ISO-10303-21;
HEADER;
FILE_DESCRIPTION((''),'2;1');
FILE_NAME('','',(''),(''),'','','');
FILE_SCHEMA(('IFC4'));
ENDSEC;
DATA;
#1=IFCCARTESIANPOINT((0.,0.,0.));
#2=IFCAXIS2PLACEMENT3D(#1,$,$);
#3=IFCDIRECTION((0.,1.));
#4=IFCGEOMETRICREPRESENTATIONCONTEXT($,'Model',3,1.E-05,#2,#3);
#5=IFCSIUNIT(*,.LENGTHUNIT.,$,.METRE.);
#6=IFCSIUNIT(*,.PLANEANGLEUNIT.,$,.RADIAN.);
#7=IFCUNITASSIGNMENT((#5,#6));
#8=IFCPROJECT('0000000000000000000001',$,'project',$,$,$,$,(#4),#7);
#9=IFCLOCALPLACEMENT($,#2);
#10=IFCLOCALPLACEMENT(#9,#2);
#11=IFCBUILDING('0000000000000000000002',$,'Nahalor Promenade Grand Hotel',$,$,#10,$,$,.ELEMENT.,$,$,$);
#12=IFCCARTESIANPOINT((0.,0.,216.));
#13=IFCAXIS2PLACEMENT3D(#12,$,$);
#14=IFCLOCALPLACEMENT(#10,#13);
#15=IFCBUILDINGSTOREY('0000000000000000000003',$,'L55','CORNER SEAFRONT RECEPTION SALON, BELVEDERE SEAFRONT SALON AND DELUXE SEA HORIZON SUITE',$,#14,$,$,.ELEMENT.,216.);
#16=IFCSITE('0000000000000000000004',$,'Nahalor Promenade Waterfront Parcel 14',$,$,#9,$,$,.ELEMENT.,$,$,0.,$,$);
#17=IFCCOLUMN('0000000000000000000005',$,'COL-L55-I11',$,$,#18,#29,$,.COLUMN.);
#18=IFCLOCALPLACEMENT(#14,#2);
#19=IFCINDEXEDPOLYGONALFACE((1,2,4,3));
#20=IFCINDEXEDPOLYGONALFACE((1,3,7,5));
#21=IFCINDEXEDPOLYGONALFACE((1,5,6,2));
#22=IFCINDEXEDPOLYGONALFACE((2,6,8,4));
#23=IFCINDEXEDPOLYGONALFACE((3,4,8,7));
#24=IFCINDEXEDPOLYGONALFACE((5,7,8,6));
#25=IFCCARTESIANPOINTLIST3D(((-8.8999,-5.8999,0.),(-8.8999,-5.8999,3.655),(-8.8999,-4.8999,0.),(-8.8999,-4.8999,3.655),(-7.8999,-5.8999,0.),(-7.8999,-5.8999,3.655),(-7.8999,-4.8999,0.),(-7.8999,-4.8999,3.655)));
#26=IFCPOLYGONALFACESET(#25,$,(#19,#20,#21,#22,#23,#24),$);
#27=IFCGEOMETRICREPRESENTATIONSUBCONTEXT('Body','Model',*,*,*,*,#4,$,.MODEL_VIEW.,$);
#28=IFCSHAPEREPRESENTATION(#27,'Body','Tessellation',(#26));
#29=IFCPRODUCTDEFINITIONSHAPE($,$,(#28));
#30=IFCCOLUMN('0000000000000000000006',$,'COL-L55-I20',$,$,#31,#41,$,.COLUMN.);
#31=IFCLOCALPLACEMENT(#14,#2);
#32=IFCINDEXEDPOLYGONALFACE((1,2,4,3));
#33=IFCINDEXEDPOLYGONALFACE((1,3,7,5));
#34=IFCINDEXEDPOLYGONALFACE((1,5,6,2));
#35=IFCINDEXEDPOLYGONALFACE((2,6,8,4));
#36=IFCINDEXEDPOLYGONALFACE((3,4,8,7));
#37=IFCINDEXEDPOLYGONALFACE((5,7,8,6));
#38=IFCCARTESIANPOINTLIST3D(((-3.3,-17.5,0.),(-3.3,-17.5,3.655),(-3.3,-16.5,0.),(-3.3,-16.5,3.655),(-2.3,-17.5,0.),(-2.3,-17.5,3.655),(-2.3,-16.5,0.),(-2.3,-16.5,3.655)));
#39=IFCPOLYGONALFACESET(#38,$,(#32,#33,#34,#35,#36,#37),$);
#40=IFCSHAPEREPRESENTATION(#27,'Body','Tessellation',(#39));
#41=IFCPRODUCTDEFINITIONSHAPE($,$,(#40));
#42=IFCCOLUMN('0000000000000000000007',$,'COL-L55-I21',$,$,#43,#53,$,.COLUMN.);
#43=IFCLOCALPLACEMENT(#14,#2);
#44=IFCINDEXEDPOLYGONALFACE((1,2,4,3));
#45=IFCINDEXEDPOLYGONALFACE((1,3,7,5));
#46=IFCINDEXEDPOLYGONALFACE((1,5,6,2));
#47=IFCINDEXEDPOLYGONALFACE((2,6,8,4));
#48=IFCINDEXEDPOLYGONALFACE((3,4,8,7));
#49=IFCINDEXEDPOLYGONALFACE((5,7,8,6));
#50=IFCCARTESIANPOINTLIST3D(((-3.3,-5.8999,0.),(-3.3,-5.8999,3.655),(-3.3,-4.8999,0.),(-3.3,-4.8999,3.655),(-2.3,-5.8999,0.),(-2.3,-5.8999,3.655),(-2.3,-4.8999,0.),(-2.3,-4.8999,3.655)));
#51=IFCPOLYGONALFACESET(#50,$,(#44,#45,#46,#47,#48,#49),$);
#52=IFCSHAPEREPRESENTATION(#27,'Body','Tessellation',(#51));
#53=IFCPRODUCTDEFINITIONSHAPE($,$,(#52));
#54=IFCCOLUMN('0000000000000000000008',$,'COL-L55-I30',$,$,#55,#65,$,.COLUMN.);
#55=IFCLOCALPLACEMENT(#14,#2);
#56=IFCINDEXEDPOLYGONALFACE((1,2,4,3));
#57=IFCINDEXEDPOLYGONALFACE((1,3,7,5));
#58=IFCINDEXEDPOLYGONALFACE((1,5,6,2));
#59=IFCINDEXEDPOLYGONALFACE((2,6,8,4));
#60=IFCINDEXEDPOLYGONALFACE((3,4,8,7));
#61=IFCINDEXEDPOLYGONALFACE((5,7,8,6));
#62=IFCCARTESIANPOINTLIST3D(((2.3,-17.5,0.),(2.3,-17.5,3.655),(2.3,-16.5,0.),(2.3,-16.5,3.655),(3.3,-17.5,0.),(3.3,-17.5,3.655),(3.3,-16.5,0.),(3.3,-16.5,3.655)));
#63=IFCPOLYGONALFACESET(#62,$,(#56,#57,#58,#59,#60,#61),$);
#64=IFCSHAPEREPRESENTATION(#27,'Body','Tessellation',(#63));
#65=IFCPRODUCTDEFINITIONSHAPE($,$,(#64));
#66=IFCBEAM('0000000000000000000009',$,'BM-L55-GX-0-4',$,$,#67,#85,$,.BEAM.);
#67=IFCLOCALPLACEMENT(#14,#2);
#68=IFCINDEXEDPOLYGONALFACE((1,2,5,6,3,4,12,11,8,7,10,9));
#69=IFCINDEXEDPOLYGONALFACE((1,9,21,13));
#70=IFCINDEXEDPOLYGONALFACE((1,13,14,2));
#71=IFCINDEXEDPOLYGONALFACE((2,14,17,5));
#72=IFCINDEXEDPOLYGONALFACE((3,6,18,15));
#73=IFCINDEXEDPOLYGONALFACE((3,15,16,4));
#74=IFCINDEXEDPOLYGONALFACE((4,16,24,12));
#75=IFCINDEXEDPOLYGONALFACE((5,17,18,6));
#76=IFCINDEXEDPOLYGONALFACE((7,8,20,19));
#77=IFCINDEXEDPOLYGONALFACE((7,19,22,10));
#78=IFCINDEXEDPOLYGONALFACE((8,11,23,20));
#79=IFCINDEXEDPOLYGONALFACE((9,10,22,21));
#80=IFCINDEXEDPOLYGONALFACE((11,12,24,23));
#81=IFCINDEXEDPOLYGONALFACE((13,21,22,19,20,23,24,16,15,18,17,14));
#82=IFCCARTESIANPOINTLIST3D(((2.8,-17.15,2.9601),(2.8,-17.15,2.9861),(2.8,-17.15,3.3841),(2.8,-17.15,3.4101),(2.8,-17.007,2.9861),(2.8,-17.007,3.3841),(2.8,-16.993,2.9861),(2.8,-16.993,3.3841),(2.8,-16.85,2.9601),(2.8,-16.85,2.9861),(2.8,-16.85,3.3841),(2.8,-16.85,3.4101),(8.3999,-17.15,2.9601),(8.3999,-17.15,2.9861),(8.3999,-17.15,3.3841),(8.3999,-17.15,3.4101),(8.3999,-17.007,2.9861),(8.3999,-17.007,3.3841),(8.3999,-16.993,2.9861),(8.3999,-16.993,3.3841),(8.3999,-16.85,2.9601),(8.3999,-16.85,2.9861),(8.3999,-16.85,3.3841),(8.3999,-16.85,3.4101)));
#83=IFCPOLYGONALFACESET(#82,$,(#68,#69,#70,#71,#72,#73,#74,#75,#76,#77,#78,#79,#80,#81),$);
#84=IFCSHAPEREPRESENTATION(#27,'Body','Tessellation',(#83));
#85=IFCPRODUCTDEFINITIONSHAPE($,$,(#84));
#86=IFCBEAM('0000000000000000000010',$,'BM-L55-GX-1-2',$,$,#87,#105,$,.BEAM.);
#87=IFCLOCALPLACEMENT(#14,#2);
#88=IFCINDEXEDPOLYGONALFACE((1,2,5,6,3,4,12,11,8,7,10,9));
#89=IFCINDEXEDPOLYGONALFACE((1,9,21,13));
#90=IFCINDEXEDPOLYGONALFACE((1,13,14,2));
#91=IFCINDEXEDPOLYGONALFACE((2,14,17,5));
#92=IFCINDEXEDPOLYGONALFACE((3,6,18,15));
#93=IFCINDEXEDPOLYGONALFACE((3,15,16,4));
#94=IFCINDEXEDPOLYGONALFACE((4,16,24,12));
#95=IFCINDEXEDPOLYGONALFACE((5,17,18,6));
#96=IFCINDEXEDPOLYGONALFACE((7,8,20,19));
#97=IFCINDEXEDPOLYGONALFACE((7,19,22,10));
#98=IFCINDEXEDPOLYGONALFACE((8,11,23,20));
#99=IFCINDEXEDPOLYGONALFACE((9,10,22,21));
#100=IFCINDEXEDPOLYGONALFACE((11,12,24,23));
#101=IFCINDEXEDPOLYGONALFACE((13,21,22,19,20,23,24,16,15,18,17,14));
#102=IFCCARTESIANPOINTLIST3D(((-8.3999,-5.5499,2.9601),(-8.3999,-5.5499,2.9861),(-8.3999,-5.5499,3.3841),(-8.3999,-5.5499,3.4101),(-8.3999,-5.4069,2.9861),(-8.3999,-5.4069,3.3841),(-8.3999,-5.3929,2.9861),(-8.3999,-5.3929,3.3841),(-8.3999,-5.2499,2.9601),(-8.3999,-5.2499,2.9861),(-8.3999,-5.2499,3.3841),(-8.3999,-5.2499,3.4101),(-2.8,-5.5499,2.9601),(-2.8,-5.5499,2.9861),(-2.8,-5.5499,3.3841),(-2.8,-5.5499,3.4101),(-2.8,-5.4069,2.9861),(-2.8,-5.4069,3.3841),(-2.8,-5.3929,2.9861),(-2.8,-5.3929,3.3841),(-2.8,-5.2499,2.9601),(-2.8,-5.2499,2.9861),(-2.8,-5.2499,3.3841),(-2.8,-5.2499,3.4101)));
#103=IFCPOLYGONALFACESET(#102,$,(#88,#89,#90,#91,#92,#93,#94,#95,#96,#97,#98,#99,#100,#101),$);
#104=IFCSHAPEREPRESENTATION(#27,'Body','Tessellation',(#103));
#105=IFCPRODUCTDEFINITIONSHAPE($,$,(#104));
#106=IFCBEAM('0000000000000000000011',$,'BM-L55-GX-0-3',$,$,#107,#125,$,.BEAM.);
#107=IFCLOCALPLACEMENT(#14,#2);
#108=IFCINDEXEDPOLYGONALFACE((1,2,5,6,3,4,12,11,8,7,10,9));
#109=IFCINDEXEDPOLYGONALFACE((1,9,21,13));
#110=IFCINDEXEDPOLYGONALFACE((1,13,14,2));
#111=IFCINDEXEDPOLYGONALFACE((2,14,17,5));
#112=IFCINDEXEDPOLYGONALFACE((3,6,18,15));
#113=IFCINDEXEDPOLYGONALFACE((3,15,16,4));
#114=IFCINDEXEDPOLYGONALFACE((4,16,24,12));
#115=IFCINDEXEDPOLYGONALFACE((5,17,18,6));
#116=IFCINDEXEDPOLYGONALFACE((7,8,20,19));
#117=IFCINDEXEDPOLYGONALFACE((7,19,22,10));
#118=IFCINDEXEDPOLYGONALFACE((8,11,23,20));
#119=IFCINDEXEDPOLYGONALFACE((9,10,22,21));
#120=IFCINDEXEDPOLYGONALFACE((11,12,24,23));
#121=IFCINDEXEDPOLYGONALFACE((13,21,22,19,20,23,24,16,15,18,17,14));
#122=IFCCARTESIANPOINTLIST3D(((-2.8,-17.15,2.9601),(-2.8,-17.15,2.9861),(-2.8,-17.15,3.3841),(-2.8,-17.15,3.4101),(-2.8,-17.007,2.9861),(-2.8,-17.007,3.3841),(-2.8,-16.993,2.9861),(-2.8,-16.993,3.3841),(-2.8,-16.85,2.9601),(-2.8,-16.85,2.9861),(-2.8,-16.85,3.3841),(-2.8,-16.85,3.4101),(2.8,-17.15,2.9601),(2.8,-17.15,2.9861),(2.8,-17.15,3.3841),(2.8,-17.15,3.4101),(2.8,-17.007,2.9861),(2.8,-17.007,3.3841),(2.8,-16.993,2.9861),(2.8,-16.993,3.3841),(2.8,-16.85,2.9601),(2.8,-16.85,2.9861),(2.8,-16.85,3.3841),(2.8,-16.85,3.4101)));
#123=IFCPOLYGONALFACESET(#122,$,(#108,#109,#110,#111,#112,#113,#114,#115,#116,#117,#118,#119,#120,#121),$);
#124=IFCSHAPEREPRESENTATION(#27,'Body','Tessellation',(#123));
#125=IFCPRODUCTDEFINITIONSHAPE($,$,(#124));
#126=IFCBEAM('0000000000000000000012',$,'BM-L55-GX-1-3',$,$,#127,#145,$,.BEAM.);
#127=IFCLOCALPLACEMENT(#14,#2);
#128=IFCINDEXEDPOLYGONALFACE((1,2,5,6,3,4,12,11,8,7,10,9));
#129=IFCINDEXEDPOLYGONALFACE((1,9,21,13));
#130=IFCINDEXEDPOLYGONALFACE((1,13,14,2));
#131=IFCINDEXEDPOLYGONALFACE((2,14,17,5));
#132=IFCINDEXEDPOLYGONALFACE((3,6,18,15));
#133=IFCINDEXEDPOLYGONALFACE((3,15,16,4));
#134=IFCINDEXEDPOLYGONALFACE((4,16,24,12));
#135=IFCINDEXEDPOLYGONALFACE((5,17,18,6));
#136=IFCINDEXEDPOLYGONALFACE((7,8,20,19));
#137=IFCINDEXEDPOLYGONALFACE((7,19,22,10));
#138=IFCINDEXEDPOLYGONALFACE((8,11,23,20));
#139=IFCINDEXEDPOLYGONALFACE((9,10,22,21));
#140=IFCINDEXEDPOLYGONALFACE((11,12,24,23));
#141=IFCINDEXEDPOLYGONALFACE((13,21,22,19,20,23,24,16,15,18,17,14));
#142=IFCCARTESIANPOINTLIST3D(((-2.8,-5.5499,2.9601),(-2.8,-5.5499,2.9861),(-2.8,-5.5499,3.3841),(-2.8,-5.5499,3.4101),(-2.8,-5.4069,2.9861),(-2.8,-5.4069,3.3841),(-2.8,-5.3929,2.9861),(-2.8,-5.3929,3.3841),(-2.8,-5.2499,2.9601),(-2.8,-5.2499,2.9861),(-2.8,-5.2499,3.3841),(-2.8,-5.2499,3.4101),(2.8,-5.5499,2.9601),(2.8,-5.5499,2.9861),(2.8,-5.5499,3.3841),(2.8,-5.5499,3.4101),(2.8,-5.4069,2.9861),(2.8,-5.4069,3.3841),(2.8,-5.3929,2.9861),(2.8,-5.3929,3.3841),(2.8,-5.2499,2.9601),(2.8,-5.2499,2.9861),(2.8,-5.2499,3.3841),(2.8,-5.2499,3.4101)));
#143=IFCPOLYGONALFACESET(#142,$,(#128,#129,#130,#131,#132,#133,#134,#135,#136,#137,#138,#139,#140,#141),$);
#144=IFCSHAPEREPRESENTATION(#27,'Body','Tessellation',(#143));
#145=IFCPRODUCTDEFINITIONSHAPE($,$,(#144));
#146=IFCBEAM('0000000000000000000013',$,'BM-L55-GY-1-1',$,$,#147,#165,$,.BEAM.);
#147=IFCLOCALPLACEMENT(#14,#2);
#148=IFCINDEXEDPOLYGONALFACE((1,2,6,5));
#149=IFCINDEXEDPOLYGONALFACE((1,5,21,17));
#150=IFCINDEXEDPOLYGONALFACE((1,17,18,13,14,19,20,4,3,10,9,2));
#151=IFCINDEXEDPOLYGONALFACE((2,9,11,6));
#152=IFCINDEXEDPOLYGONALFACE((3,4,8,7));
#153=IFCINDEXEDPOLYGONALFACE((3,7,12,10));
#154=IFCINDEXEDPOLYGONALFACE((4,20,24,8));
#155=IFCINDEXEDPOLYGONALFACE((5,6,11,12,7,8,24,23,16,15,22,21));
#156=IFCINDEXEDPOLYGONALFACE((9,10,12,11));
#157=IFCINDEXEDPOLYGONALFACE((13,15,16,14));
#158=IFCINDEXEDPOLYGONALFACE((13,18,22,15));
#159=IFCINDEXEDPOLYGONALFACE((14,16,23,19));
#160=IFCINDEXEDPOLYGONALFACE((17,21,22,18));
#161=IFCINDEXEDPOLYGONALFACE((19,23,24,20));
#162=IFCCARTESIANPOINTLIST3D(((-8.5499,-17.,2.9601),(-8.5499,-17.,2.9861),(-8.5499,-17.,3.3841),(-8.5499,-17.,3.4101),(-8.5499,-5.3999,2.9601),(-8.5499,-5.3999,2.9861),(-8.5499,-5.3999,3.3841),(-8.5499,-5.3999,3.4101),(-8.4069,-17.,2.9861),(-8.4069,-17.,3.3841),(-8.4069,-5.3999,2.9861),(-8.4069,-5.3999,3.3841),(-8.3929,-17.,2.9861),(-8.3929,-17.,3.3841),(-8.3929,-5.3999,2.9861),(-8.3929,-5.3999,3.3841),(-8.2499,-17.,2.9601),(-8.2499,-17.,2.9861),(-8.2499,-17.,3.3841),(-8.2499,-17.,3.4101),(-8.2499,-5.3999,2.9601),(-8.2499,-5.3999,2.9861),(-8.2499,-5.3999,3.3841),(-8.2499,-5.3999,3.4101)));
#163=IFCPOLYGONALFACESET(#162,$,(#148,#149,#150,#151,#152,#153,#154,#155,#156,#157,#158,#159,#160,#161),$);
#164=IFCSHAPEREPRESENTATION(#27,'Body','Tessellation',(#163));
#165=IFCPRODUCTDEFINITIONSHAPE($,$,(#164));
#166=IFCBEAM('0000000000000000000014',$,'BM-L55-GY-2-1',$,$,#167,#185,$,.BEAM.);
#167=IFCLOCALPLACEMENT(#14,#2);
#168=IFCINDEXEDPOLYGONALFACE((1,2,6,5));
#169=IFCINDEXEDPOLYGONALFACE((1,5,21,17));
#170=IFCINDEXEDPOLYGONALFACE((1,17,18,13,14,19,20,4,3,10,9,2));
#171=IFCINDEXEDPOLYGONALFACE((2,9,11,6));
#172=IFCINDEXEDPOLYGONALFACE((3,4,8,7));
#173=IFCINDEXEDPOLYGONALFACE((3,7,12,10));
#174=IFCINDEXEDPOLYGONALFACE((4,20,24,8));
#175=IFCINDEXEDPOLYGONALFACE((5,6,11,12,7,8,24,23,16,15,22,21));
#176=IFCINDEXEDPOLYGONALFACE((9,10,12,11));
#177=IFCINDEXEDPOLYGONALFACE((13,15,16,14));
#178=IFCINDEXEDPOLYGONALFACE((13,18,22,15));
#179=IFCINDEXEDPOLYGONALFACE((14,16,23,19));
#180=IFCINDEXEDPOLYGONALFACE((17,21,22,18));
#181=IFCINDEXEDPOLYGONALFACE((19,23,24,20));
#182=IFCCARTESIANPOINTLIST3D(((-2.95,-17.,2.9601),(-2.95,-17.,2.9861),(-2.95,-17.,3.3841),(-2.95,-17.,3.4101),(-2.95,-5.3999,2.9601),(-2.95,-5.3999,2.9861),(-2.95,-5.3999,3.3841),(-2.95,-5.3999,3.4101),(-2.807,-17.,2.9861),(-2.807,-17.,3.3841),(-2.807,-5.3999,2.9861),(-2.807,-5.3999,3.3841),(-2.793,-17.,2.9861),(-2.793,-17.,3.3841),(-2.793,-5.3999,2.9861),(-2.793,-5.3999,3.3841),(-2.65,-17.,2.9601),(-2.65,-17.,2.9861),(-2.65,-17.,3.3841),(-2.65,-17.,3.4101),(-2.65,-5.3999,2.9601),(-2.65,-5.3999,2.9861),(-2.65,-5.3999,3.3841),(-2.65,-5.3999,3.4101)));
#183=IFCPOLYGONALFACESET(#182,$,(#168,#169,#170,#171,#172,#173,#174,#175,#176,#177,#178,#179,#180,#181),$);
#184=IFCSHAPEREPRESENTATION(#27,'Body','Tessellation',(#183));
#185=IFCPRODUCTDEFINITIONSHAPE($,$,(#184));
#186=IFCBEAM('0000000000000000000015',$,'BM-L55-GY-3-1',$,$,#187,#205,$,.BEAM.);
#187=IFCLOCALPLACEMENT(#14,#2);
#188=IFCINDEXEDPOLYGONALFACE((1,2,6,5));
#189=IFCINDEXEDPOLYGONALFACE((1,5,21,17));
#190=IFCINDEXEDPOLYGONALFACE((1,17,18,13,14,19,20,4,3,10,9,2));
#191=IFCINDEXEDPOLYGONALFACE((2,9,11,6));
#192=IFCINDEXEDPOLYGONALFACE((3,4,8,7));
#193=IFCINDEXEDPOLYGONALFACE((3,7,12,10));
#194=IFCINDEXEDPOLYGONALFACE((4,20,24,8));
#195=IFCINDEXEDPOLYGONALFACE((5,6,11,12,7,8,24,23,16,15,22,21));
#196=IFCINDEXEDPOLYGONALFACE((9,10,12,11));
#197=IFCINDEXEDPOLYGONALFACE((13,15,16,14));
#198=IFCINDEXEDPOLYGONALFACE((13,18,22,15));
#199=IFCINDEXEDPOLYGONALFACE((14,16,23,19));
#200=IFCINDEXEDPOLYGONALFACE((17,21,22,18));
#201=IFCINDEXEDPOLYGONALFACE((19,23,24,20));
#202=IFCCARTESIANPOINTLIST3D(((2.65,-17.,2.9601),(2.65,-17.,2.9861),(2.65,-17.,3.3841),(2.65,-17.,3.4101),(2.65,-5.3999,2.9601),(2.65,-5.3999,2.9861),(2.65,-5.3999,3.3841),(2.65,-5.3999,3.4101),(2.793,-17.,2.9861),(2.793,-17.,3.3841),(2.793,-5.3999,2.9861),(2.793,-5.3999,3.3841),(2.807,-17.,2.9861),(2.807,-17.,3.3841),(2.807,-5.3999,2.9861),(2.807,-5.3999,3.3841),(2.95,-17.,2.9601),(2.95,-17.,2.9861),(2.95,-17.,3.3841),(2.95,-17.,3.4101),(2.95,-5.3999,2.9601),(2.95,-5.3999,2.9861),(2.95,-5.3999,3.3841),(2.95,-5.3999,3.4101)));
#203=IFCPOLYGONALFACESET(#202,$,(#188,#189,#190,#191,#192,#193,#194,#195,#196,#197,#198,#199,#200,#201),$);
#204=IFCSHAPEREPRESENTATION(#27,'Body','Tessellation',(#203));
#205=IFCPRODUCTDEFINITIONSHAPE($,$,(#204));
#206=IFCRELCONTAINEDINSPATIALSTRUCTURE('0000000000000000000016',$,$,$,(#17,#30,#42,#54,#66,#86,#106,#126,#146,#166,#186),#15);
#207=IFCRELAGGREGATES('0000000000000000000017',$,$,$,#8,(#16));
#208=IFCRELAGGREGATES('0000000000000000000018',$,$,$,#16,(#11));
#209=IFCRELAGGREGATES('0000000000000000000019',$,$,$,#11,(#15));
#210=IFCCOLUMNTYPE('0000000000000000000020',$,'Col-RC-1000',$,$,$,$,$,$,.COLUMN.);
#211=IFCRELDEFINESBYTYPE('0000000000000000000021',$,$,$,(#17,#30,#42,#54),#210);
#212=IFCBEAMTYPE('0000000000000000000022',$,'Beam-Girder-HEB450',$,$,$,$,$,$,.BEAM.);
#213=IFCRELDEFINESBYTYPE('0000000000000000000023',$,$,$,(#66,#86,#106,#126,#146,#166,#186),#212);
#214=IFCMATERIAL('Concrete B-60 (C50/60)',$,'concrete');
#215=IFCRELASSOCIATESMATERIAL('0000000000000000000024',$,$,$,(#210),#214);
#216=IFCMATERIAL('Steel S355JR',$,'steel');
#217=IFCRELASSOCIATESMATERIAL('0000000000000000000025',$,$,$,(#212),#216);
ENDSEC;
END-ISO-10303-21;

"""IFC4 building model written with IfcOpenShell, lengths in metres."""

from ifc_helpers import new_model, si_unit, direction, frame, origin, origin_2d, place, context, subcontext, project, spatial, rectangle, i_section, extrude, source, transform, mapped, material, material_profile, profile_set, type_object, element, save


model = new_model("IFC4")

# Units and contexts
model_context = context("Model", 3, precision=1e-05, world=origin(), true_north=direction((0.0, 1.0)))
body_context = subcontext(model_context, "Body", "Model", "MODEL_VIEW")
ifc_project = project(units=[si_unit("LENGTHUNIT", "METRE"), si_unit("PLANEANGLEUNIT", "RADIAN")], contexts=[model_context])

# Site, building, storey
site_placement = place(None, origin())
site = spatial("IfcSite", under=ifc_project, at=site_placement, Name="Nahalor Promenade Waterfront Parcel 14", CompositionType="ELEMENT", RefElevation=0.0)
building_placement = place(site_placement, origin())
building = spatial("IfcBuilding", under=site, at=building_placement, Name="Nahalor Promenade Grand Hotel", CompositionType="ELEMENT")
storey_placement = place(building_placement, frame((0.0, 0.0, 216.0)))
storey = spatial("IfcBuildingStorey", under=building, at=storey_placement, Name="L55", Description="CORNER SEAFRONT RECEPTION SALON, BELVEDERE SEAFRONT SALON AND DELUXE SEA HORIZON SUITE", CompositionType="ELEMENT", Elevation=216.0)

# Columns
ifc_material_1 = material(Name="Concrete B-60 (C50/60)", Category="concrete")
ifc_material_profile_1 = material_profile(ifc_material_1, rectangle(XDim=1.0, YDim=1.0, at=origin_2d()), Name="RC 1000x1000")
ifc_profile_set_1 = profile_set([ifc_material_profile_1], Name="Concrete B-60 (C50/60)")
column_type = type_object("IfcColumnType", Name="Col-RC-1000", PredefinedType="COLUMN", material=ifc_profile_set_1)
shared_shape_1 = source(origin(), body_context, "Body", "SweptSolid", [
    extrude(rectangle(XDim=1.0, YDim=1.0, at=origin_2d()), origin(), (0.0, 0.0, 1.0), 3.655),
])
for number, where, z_axis, x_axis, name in (
    (1, (-8.3999, -5.3999, 0.0), (0.0, 0.0, 1.0), (1.0, 0.0, 0.0), "COL-L55-I11"),
    (2, (-2.8, -17.0, 0.0), (0.0, 0.0, 1.0), (1.0, 0.0, 0.0), "COL-L55-I20"),
    (3, (-2.8, -5.3999, 0.0), (0.0, 0.0, 1.0), (1.0, 0.0, 0.0), "COL-L55-I21"),
    (4, (2.8, -17.0, 0.0), (0.0, 0.0, 1.0), (1.0, 0.0, 0.0), "COL-L55-I30"),
):
    element("IfcColumn", number, at=place(storey_placement, frame(where, z_axis=z_axis, x_axis=x_axis)), inside=storey, type_object=column_type, Name=name, PredefinedType="COLUMN", context=body_context, shape_type="MappedRepresentation", body=[
        mapped(shared_shape_1, transform((0.0, 0.0, 0.0), scale=1.0)),
    ])

# Beams
ifc_material_2 = material(Name="Steel S355JR", Category="steel")
ifc_material_profile_2 = material_profile(ifc_material_2, i_section(OverallWidth=0.3, OverallDepth=0.45, WebThickness=0.014, FlangeThickness=0.026, at=origin_2d()), Name="HEB 450")
ifc_profile_set_2 = profile_set([ifc_material_profile_2], Name="Steel S355JR")
beam_type_1 = type_object("IfcBeamType", Name="Beam-Girder-HEB450", PredefinedType="BEAM", material=ifc_profile_set_2)
shared_shape_2 = source(origin(), body_context, "Body", "SweptSolid", [
    extrude(i_section(OverallWidth=0.3, OverallDepth=0.45, WebThickness=0.014, FlangeThickness=0.026, at=origin_2d()), origin(), (0.0, 0.0, 1.0), 5.5999),
])
for number, where, z_axis, x_axis, name in (
    (5, (2.8, -17.0, 3.1851), (1.0, 0.0, 0.0), (0.0, 1.0, 0.0), "BM-L55-GX-0-4"),
    (6, (-8.3999, -5.3999, 3.1851), (1.0, 0.0, 0.0), (0.0, 1.0, 0.0), "BM-L55-GX-1-2"),
):
    element("IfcBeam", number, at=place(storey_placement, frame(where, z_axis=z_axis, x_axis=x_axis)), inside=storey, type_object=beam_type_1, Name=name, PredefinedType="BEAM", context=body_context, shape_type="MappedRepresentation", body=[
        mapped(shared_shape_2, transform((0.0, 0.0, 0.0), scale=1.0)),
    ])
shared_shape_3 = source(origin(), body_context, "Body", "SweptSolid", [
    extrude(i_section(OverallWidth=0.3, OverallDepth=0.45, WebThickness=0.014, FlangeThickness=0.026, at=origin_2d()), origin(), (0.0, 0.0, 1.0), 5.6001),
])
for number, where, z_axis, x_axis, name in (
    (7, (-2.8, -17.0, 3.1851), (1.0, 0.0, 0.0), (0.0, 1.0, 0.0), "BM-L55-GX-0-3"),
    (8, (-2.8, -5.3999, 3.1851), (1.0, 0.0, 0.0), (0.0, 1.0, 0.0), "BM-L55-GX-1-3"),
):
    element("IfcBeam", number, at=place(storey_placement, frame(where, z_axis=z_axis, x_axis=x_axis)), inside=storey, type_object=beam_type_1, Name=name, PredefinedType="BEAM", context=body_context, shape_type="MappedRepresentation", body=[
        mapped(shared_shape_3, transform((0.0, 0.0, 0.0), scale=1.0)),
    ])
shared_shape_4 = source(origin(), body_context, "Body", "SweptSolid", [
    extrude(i_section(OverallWidth=0.3, OverallDepth=0.45, WebThickness=0.014, FlangeThickness=0.026, at=origin_2d()), origin(), (0.0, 0.0, 1.0), 11.6001),
])
for number, where, z_axis, x_axis, name in (
    (9, (-8.3999, -17.0, 3.1851), (0.0, 1.0, 0.0), (-1.0, 0.0, 0.0), "BM-L55-GY-1-1"),
    (10, (-2.8, -17.0, 3.1851), (0.0, 1.0, 0.0), (-1.0, 0.0, 0.0), "BM-L55-GY-2-1"),
    (11, (2.8, -17.0, 3.1851), (0.0, 1.0, 0.0), (-1.0, 0.0, 0.0), "BM-L55-GY-3-1"),
):
    element("IfcBeam", number, at=place(storey_placement, frame(where, z_axis=z_axis, x_axis=x_axis)), inside=storey, type_object=beam_type_1, Name=name, PredefinedType="BEAM", context=body_context, shape_type="MappedRepresentation", body=[
        mapped(shared_shape_4, transform((0.0, 0.0, 0.0), scale=1.0)),
    ])

save(model, "model.ifc")
